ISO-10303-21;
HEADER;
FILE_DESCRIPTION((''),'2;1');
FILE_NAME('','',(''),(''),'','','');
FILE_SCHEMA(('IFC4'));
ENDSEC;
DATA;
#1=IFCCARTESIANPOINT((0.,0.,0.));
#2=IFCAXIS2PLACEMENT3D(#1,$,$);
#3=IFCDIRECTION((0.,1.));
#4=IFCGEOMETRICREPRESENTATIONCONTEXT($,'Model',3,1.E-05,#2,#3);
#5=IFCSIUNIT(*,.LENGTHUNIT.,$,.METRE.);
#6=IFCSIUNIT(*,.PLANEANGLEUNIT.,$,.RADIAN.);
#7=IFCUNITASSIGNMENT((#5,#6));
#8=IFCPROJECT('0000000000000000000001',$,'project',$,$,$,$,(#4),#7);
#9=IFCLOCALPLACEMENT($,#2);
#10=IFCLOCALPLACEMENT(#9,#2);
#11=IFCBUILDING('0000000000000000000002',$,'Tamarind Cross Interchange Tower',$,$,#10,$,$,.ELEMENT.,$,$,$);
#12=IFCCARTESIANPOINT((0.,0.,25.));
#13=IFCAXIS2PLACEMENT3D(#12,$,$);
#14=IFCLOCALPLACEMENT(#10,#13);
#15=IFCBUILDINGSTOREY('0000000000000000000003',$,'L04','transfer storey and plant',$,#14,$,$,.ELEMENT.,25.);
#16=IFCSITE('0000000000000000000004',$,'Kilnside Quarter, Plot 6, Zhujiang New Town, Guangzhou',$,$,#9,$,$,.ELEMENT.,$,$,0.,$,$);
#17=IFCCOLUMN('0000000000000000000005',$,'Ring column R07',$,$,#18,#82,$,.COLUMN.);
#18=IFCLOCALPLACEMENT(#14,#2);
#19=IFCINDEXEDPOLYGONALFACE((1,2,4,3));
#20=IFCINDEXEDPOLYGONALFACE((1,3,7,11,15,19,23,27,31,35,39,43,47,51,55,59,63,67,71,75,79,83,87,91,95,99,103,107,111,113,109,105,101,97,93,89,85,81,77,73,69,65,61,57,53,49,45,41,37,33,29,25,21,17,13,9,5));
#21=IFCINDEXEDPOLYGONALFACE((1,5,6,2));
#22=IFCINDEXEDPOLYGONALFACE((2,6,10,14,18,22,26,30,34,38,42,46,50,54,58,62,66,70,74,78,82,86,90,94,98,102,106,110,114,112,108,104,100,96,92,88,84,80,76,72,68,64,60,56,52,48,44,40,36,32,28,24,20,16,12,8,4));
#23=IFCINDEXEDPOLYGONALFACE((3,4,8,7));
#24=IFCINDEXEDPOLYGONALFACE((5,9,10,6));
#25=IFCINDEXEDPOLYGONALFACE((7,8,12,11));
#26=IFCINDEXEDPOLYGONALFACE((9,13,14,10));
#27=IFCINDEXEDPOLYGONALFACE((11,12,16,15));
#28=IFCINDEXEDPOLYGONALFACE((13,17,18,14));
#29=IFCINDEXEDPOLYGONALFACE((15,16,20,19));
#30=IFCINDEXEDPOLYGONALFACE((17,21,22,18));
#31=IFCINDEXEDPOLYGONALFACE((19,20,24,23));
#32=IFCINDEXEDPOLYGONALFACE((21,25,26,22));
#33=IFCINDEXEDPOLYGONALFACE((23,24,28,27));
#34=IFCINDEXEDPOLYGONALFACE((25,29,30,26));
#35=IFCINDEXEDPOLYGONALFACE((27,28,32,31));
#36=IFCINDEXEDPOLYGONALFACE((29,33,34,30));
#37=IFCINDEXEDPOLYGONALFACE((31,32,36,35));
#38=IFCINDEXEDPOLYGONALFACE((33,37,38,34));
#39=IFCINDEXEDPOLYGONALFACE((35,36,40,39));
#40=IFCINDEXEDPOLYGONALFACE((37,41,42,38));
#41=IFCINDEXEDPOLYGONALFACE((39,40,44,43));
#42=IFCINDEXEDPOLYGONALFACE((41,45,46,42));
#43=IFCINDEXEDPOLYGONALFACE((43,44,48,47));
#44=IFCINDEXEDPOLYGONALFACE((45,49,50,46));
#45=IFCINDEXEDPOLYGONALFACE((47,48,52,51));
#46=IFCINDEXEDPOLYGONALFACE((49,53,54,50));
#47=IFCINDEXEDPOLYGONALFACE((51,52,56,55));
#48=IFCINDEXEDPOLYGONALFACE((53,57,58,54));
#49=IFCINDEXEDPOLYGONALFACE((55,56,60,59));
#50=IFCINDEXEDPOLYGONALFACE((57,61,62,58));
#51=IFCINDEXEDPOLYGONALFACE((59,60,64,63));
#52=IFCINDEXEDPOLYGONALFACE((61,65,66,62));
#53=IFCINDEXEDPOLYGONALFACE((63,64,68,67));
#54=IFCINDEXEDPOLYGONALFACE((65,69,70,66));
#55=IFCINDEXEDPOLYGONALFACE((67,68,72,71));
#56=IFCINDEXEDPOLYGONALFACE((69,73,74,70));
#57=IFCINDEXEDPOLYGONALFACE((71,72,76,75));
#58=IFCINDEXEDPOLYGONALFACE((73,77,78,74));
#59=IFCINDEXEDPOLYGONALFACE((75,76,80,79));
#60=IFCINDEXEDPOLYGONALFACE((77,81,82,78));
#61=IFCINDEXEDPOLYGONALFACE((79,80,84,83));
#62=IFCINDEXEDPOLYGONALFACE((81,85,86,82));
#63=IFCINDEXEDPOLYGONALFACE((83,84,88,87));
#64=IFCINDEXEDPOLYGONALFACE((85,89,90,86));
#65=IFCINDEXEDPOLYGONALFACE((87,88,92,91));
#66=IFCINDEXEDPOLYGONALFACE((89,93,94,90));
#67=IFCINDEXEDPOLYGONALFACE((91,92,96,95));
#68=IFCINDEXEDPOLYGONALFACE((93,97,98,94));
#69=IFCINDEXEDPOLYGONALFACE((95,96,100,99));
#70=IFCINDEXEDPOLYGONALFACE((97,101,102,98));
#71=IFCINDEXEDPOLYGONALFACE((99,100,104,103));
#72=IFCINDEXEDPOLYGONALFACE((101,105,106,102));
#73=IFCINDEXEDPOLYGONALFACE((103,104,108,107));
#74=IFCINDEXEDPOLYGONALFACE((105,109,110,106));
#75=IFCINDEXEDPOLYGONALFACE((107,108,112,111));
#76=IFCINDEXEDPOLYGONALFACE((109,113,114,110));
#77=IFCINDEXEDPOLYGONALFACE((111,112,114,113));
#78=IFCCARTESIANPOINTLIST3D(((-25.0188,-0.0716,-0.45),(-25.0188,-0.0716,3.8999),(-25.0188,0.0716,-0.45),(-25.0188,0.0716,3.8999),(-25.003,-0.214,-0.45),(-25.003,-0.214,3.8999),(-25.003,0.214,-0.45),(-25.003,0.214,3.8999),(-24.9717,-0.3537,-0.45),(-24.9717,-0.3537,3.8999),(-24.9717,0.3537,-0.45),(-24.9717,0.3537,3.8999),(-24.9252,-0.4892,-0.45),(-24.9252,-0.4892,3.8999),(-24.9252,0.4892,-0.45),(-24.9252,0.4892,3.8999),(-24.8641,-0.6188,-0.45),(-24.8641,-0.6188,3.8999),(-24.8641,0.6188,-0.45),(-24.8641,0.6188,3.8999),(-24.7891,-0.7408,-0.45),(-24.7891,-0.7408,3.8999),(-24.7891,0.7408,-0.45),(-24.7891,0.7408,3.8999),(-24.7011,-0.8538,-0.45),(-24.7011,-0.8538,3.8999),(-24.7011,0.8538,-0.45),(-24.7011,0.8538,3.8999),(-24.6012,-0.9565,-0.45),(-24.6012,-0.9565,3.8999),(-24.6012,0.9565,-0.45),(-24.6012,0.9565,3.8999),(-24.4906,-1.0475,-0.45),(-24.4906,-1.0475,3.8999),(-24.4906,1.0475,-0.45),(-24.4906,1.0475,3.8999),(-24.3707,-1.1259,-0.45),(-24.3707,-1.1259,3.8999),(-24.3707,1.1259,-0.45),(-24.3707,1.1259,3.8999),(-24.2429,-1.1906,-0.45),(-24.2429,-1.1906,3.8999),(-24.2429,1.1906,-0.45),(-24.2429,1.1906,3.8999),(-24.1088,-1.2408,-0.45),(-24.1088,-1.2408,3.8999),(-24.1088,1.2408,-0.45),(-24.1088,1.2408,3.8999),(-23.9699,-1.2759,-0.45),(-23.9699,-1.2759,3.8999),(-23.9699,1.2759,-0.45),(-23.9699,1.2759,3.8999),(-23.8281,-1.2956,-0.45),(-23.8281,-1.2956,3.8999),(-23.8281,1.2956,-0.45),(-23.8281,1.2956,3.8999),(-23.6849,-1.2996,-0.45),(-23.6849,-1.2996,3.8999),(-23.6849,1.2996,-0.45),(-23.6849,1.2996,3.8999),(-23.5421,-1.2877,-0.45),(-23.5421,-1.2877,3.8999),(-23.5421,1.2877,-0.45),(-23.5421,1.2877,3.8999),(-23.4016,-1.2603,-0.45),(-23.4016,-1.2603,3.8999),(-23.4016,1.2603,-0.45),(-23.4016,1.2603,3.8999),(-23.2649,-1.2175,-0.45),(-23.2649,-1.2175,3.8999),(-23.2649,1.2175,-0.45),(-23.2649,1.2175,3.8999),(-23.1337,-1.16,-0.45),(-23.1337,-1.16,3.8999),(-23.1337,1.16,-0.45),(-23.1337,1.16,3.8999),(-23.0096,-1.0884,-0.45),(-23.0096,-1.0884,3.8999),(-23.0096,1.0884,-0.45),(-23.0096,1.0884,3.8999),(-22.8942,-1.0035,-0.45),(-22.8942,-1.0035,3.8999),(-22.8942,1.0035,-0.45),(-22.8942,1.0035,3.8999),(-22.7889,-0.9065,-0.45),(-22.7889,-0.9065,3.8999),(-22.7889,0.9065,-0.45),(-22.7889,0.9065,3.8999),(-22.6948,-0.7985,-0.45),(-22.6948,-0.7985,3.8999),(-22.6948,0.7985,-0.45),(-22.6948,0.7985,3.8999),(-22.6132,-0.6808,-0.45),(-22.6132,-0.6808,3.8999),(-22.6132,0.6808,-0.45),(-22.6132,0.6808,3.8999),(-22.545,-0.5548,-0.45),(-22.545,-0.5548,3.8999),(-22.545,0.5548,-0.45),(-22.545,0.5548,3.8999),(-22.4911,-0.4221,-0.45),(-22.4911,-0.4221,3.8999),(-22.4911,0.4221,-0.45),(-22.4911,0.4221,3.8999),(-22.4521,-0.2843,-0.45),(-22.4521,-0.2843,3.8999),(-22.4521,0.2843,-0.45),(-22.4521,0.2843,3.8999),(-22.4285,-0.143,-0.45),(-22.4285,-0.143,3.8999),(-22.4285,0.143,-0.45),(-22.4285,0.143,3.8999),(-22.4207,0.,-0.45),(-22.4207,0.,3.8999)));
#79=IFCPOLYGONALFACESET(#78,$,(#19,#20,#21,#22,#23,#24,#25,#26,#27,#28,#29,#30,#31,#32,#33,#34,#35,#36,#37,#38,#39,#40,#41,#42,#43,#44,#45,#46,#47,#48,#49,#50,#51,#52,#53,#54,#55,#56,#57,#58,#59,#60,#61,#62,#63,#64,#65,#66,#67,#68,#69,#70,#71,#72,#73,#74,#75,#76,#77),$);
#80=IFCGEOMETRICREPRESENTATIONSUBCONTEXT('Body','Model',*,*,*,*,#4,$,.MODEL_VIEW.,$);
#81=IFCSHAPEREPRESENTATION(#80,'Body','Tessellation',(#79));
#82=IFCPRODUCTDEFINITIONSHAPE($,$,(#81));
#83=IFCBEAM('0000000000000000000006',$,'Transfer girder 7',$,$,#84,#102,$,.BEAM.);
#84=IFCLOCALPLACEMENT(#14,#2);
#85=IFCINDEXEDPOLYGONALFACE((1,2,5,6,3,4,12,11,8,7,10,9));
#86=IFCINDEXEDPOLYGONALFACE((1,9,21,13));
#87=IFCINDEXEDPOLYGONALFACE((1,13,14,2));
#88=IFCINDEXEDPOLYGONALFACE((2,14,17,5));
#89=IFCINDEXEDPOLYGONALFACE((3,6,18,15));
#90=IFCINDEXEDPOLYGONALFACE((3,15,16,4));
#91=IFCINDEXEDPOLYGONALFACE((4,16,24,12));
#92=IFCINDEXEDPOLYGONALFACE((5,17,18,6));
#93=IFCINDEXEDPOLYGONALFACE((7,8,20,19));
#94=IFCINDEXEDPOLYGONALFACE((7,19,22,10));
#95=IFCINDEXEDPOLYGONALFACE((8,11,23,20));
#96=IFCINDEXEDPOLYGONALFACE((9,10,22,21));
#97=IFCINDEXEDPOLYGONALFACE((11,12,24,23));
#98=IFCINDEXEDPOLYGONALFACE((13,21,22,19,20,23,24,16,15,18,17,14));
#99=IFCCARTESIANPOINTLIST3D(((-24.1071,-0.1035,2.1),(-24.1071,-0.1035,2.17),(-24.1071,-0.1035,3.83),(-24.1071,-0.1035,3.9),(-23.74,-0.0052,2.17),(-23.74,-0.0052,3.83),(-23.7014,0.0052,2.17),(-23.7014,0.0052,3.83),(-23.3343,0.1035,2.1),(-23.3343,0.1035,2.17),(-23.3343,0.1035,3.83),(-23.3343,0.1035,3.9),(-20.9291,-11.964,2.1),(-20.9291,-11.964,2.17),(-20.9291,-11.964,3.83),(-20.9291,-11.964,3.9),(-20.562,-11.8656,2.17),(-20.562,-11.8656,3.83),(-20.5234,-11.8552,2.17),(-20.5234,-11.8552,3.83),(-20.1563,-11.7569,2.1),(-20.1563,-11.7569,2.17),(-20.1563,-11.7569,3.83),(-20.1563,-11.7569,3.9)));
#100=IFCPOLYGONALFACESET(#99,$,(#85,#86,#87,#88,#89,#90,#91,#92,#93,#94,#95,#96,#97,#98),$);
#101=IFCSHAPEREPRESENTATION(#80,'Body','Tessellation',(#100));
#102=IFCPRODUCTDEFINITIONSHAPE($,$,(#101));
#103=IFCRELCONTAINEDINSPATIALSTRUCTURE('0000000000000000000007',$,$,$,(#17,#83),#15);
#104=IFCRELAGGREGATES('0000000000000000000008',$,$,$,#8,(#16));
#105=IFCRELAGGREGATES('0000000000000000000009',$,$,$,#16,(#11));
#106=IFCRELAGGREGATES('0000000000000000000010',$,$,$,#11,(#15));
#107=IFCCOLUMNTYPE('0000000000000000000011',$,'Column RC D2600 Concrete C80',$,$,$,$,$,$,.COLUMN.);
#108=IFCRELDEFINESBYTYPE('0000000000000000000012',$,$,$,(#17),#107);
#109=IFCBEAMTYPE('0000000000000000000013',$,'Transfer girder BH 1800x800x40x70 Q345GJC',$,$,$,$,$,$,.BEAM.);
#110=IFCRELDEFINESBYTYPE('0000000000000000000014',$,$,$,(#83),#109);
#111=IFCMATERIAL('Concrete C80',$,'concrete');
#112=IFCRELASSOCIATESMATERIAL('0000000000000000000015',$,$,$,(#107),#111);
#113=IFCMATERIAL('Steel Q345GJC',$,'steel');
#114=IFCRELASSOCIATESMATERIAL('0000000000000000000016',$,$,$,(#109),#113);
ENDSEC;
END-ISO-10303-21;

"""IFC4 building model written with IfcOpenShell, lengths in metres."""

from ifc_helpers import new_model, si_unit, direction, frame, origin, origin_2d, place, context, subcontext, project, spatial, circle, i_section, extrude, material, material_profile, profile_set, type_object, element, save


model = new_model("IFC4")

# Units and contexts
model_context = context("Model", 3, precision=1e-05, world=origin(), true_north=direction((0.0, 1.0)))
body_context = subcontext(model_context, "Body", "Model", "MODEL_VIEW")
ifc_project = project(units=[si_unit("LENGTHUNIT", "METRE"), si_unit("PLANEANGLEUNIT", "RADIAN")], contexts=[model_context])

# Site, building, storey
site_placement = place(None, origin())
site = spatial("IfcSite", under=ifc_project, at=site_placement, Name="Kilnside Quarter, Plot 6, Zhujiang New Town, Guangzhou", CompositionType="ELEMENT", RefElevation=0.0)
building_placement = place(site_placement, origin())
building = spatial("IfcBuilding", under=site, at=building_placement, Name="Tamarind Cross Interchange Tower", CompositionType="ELEMENT")
storey_placement = place(building_placement, frame((0.0, 0.0, 25.0)))
storey = spatial("IfcBuildingStorey", under=building, at=storey_placement, Name="L04", Description="transfer storey and plant", CompositionType="ELEMENT", Elevation=25.0)

# Column
ifc_material_1 = material(Name="Concrete C80", Category="concrete")
ifc_material_profile_1 = material_profile(ifc_material_1, circle(Radius=1.3, at=origin_2d()), Name="RC D2600")
ifc_profile_set_1 = profile_set([ifc_material_profile_1], Name="Concrete C80")
column_type = type_object("IfcColumnType", Name="Column RC D2600 Concrete C80", PredefinedType="COLUMN", material=ifc_profile_set_1)
column_placement = place(storey_placement, frame((-23.7207, 0.0, -0.45), z_axis=(0.0, 0.0, 1.0), x_axis=(1.0, 0.0, 0.0)))
element("IfcColumn", 1, at=column_placement, inside=storey, type_object=column_type, Name="Ring column R07", PredefinedType="COLUMN", context=body_context, shape_type="SweptSolid", body=[
    extrude(circle(Radius=1.3, at=origin_2d()), origin(), (0.0, 0.0, 1.0), 4.3499),
])

# Beam
ifc_material_2 = material(Name="Steel Q345GJC", Category="steel")
ifc_material_profile_2 = material_profile(ifc_material_2, i_section(OverallWidth=0.8, OverallDepth=1.8, WebThickness=0.04, FlangeThickness=0.0701, at=origin_2d()), Name="BH 1800x800x40x70")
ifc_profile_set_2 = profile_set([ifc_material_profile_2], Name="Steel Q345GJC")
beam_type = type_object("IfcBeamType", Name="Transfer girder BH 1800x800x40x70 Q345GJC", PredefinedType="BEAM", material=ifc_profile_set_2)
beam_placement = place(storey_placement, frame((-23.7207, 0.0, 3.0), z_axis=(0.25882, -0.965926, 0.0), x_axis=(0.965926, 0.25882, 0.0)))
element("IfcBeam", 2, at=beam_placement, inside=storey, type_object=beam_type, Name="Transfer girder 7", PredefinedType="BEAM", context=body_context, shape_type="SweptSolid", body=[
    extrude(i_section(OverallWidth=0.8, OverallDepth=1.8, WebThickness=0.04, FlangeThickness=0.0701, at=origin_2d()), origin(), (0.0, 0.0, 1.0), 12.2788),
])

save(model, "model.ifc")
